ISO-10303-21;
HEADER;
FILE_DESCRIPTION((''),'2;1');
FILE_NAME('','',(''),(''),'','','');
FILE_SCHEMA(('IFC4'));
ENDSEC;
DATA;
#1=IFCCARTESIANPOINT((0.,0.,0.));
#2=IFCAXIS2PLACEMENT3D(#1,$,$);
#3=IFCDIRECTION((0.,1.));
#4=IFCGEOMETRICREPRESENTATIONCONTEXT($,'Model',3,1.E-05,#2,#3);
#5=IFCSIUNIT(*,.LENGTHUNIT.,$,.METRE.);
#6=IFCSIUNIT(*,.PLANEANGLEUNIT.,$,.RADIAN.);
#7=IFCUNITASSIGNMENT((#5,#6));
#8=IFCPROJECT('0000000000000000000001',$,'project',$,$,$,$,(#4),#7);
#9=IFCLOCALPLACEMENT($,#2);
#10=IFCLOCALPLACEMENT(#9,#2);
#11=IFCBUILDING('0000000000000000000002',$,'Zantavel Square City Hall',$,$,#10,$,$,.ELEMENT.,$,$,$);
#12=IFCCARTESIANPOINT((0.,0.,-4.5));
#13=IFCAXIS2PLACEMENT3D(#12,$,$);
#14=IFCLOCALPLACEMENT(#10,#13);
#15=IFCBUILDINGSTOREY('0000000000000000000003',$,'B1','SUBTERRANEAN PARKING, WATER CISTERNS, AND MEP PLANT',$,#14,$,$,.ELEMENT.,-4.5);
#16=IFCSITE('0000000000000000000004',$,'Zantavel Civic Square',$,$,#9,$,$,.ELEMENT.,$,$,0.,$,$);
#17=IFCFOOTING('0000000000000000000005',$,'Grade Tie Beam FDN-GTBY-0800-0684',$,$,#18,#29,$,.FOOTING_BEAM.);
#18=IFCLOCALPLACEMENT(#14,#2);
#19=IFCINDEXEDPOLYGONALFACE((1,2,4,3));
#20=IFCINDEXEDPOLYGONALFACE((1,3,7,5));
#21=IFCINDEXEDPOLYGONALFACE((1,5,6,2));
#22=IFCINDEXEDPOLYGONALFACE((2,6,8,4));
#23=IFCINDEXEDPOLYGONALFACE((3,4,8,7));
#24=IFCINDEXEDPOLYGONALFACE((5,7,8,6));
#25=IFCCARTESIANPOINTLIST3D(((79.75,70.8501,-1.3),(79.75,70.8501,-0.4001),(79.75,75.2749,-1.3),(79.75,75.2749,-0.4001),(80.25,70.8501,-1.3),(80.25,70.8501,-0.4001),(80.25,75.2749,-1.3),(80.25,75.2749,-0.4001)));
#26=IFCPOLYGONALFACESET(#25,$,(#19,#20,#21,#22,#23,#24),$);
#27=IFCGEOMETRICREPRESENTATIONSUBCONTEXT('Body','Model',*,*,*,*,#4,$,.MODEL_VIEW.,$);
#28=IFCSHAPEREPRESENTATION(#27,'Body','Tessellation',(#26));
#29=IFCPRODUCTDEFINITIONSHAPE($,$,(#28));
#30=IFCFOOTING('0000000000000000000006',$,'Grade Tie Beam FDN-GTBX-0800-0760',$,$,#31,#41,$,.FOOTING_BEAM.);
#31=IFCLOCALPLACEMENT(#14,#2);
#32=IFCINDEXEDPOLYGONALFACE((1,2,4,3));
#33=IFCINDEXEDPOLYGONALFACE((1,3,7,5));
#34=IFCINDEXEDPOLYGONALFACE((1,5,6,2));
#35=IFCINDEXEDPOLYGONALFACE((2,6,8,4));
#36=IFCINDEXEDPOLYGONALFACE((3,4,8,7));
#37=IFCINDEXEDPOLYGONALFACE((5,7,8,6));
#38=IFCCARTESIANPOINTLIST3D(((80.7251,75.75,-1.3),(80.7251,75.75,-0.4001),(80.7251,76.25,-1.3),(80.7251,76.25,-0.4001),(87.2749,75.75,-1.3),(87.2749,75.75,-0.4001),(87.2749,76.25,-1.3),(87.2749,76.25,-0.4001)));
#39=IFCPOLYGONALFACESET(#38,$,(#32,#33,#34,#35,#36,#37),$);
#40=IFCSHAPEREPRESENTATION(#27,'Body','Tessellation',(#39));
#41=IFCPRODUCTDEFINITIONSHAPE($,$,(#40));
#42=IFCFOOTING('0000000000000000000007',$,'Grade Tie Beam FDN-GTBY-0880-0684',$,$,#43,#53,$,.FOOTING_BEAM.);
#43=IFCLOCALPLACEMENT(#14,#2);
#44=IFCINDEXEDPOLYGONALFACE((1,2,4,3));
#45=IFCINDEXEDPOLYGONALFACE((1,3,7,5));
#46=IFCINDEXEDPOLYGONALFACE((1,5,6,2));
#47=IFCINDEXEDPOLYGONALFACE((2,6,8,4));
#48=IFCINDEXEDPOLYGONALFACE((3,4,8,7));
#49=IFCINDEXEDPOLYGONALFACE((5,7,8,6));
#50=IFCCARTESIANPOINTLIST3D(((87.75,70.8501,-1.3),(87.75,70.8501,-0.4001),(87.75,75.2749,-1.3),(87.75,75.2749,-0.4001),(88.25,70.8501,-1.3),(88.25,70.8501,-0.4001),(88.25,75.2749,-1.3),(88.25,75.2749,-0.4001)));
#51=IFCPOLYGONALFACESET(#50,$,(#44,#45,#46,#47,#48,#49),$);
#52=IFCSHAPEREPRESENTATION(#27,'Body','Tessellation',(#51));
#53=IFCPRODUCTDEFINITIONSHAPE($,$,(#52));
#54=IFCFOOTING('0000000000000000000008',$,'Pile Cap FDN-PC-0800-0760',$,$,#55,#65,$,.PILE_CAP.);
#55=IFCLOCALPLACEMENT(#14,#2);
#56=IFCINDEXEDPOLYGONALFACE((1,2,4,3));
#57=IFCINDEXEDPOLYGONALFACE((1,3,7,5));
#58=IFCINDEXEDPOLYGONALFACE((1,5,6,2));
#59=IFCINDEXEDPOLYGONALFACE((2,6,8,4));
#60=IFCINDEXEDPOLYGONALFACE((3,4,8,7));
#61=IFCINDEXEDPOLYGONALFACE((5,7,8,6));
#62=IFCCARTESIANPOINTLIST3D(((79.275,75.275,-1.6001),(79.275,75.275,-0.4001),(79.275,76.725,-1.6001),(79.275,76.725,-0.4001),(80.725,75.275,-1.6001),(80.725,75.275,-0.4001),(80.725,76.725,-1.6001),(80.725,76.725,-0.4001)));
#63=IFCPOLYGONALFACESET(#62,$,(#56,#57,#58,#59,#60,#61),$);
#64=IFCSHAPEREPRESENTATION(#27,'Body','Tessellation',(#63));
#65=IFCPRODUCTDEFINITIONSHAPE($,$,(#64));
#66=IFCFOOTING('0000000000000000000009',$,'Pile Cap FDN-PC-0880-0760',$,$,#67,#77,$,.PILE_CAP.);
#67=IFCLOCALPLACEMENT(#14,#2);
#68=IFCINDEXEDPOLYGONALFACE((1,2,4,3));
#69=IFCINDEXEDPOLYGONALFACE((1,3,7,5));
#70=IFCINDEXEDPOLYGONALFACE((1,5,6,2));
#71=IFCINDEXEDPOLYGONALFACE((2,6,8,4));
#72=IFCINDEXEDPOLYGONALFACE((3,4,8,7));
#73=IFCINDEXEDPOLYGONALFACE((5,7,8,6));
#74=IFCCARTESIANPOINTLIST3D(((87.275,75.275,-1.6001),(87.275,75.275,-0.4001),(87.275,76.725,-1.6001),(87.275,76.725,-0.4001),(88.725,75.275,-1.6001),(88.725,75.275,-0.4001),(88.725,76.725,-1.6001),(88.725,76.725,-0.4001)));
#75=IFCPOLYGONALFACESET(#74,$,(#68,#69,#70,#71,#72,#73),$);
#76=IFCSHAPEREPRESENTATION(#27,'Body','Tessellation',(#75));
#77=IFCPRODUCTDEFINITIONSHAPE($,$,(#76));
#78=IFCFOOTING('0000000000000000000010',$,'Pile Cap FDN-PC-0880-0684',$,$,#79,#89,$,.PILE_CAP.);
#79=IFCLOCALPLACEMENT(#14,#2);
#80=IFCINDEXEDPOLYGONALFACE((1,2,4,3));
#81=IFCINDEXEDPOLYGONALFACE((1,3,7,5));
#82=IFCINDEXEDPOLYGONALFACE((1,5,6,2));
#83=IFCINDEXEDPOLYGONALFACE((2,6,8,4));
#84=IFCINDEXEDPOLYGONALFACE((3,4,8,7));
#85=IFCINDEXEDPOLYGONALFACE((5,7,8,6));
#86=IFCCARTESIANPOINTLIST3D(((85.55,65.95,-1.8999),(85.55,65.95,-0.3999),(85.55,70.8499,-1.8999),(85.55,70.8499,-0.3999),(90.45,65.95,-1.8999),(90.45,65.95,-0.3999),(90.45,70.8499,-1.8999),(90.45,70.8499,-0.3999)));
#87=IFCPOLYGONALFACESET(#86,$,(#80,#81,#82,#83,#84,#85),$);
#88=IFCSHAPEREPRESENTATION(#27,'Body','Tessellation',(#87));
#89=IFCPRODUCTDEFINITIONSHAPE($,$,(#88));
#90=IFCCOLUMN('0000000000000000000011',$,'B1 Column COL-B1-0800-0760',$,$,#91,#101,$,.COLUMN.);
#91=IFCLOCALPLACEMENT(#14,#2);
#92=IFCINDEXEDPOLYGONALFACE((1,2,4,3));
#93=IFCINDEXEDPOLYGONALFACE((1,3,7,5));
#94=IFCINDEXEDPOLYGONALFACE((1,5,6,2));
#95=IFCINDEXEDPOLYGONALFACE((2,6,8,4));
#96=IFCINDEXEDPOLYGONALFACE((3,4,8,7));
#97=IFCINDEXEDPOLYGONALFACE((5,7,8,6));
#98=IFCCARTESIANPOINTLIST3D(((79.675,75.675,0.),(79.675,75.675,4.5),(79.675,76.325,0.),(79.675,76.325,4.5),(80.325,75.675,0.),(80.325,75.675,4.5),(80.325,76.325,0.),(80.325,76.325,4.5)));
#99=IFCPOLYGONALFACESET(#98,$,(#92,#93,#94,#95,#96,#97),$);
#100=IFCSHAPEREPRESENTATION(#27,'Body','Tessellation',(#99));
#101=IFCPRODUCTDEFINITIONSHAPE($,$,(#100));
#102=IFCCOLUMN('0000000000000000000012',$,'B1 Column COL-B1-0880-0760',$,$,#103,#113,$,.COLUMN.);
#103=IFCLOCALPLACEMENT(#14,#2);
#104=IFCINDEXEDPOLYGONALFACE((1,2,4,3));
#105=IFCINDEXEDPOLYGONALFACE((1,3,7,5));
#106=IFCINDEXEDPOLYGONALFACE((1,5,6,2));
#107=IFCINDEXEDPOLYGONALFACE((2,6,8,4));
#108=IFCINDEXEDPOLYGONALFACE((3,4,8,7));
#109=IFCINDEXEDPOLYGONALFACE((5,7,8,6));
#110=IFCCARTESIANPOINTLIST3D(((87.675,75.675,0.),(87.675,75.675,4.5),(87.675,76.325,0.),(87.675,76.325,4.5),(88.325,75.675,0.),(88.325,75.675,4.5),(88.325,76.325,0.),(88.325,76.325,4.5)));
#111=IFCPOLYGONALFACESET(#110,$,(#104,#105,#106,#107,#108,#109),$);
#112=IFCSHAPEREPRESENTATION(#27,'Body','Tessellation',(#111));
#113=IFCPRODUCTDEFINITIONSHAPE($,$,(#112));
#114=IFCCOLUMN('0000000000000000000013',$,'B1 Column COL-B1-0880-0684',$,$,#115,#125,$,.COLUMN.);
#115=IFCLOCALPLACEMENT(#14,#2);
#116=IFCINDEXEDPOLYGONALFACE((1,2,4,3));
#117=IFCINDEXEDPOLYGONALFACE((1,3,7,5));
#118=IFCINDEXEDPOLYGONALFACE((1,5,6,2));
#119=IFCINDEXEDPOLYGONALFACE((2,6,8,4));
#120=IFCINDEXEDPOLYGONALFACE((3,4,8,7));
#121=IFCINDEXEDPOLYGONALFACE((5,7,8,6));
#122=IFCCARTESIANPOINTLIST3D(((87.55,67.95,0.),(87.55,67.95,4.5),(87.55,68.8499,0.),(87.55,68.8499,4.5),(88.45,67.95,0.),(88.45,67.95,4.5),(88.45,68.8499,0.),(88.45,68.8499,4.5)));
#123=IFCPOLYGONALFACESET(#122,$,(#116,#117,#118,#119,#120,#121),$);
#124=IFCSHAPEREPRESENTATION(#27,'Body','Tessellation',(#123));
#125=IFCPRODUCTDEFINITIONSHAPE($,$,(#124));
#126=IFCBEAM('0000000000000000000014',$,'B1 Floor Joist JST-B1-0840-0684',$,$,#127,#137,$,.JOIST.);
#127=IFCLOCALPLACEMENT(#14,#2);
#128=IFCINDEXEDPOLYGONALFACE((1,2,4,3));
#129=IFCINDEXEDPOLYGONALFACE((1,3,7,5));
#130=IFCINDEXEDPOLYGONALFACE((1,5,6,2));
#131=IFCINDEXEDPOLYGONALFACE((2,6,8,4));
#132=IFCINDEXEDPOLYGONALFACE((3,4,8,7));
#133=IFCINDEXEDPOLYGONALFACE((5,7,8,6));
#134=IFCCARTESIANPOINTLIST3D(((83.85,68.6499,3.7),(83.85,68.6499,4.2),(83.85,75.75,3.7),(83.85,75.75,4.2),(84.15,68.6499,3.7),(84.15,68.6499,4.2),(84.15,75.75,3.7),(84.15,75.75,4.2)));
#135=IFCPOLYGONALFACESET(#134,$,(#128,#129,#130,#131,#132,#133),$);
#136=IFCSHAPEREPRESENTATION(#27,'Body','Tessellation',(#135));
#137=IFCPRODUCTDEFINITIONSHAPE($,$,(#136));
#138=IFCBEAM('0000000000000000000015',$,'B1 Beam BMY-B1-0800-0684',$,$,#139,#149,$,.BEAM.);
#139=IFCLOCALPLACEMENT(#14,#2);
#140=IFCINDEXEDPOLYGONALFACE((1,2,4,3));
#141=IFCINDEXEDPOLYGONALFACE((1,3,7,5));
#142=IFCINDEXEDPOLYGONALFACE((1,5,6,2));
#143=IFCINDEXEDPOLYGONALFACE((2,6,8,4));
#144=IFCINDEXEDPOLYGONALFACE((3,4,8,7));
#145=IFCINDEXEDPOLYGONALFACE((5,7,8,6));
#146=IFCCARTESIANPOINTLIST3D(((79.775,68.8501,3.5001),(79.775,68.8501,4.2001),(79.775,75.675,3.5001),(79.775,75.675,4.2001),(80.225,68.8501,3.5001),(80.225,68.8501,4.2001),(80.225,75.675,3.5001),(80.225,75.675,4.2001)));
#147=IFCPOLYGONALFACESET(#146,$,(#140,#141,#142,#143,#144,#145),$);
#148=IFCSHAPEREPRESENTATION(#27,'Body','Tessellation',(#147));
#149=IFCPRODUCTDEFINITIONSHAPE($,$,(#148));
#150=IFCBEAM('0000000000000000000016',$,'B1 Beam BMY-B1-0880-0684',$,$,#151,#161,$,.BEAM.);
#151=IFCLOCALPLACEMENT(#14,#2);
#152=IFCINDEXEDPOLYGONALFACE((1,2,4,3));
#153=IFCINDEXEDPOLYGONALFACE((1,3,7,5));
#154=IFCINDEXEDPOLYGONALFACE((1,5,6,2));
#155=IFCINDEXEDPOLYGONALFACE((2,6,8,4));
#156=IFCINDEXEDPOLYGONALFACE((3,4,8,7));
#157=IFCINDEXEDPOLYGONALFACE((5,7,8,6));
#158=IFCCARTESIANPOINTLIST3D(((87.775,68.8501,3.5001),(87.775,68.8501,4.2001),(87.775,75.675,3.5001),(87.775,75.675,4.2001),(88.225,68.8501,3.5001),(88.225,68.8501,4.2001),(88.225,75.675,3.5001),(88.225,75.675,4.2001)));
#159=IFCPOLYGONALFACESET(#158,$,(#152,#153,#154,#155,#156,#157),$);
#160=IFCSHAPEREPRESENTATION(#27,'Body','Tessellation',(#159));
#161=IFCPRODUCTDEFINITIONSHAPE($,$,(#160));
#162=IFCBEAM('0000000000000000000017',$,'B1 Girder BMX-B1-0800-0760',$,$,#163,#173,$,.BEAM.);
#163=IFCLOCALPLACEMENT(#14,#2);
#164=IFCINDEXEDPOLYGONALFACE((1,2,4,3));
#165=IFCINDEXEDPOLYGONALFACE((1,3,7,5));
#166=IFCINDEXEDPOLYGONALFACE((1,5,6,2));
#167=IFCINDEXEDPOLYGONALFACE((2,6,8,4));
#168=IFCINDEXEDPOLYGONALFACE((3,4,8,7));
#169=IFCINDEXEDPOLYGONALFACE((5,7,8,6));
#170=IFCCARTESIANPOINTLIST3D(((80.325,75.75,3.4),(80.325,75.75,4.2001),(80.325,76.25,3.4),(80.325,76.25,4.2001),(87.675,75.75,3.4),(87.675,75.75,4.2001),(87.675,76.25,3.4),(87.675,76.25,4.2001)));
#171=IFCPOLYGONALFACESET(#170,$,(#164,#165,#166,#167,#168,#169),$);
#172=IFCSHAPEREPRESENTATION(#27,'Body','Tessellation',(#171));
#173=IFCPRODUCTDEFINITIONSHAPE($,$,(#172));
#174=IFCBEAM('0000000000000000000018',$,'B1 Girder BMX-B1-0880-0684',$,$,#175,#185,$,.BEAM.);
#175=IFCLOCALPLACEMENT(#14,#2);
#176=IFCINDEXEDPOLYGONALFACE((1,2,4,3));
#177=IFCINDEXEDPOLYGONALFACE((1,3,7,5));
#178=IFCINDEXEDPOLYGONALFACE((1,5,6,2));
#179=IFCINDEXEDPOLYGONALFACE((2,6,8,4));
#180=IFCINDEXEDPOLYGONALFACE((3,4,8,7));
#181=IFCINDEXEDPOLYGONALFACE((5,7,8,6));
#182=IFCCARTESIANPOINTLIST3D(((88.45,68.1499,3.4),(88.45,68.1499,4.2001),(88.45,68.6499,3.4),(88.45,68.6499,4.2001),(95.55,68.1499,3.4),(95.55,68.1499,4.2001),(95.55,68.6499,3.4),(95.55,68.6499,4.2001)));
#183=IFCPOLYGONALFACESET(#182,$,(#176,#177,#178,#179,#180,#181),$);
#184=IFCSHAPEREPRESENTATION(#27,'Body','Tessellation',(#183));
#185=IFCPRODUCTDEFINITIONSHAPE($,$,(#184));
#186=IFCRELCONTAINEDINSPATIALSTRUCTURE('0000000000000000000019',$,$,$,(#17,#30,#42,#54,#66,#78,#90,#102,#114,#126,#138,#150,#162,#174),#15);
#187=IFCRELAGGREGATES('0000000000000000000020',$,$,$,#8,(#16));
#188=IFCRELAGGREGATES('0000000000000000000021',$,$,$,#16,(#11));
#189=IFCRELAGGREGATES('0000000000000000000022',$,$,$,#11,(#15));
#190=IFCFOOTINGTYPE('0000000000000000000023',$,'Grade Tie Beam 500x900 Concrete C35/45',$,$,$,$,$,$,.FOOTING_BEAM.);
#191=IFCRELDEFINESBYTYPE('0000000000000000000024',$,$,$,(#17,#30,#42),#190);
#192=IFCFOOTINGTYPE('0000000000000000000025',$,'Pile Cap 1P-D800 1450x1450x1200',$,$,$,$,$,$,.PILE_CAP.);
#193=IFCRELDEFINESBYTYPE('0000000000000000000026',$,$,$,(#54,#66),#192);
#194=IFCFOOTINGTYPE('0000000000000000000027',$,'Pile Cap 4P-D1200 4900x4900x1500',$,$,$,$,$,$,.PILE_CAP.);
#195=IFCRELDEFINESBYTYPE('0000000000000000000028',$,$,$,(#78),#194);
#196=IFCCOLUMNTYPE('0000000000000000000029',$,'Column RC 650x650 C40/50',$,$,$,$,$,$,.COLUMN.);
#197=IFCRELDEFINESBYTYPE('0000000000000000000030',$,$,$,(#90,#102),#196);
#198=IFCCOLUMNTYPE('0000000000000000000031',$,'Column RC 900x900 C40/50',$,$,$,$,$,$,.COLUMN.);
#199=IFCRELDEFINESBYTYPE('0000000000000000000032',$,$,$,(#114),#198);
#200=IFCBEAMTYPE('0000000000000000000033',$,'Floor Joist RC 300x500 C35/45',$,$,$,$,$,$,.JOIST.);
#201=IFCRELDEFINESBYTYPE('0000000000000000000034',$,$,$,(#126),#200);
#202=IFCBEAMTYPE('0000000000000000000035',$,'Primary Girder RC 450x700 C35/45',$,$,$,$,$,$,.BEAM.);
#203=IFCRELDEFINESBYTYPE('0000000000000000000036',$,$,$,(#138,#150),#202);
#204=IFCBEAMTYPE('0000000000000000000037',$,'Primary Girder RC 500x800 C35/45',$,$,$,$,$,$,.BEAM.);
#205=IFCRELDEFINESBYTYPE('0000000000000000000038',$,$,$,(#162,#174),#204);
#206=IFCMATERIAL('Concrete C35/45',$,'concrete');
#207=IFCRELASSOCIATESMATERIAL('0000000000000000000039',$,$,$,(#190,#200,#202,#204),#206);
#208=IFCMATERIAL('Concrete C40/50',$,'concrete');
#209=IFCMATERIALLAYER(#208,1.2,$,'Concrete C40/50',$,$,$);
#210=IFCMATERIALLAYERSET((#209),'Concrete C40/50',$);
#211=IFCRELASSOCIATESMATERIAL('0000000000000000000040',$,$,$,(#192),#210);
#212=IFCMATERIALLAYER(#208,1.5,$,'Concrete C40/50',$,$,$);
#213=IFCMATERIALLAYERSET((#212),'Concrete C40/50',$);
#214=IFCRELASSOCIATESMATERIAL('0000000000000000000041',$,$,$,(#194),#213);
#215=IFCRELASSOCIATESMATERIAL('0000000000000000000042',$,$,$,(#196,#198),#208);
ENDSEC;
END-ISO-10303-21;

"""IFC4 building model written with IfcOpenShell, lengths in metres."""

from ifc_helpers import new_model, si_unit, direction, frame, origin, origin_2d, place, context, subcontext, project, spatial, rectangle, extrude, material, layer, layer_set, material_profile, profile_set, type_object, element, save


model = new_model("IFC4")

# Units and contexts
model_context = context("Model", 3, precision=1e-05, world=origin(), true_north=direction((0.0, 1.0)))
body_context = subcontext(model_context, "Body", "Model", "MODEL_VIEW")
ifc_project = project(units=[si_unit("LENGTHUNIT", "METRE"), si_unit("PLANEANGLEUNIT", "RADIAN")], contexts=[model_context])

# Site, building, storey
site_placement = place(None, origin())
site = spatial("IfcSite", under=ifc_project, at=site_placement, Name="Zantavel Civic Square", CompositionType="ELEMENT", RefElevation=0.0)
building_placement = place(site_placement, origin())
building = spatial("IfcBuilding", under=site, at=building_placement, Name="Zantavel Square City Hall", CompositionType="ELEMENT")
storey_placement = place(building_placement, frame((0.0, 0.0, -4.5)))
storey = spatial("IfcBuildingStorey", under=building, at=storey_placement, Name="B1", Description="SUBTERRANEAN PARKING, WATER CISTERNS, AND MEP PLANT", CompositionType="ELEMENT", Elevation=-4.5)

# Shared definitions
ifc_material_1 = material(Name="Concrete C35/45", Category="concrete")

# Footings
ifc_material_profile_1 = material_profile(ifc_material_1, rectangle(XDim=0.5, YDim=0.8999, at=origin_2d()), Name="RC 500x900")
ifc_profile_set_1 = profile_set([ifc_material_profile_1], Name="Concrete C35/45")
footing_type_1 = type_object("IfcFootingType", Name="Grade Tie Beam 500x900 Concrete C35/45", PredefinedType="FOOTING_BEAM", material=ifc_profile_set_1)
footing_1_placement = place(storey_placement, frame((80.0, 70.8501, -0.8501), z_axis=(0.0, 1.0, 0.0), x_axis=(-1.0, 0.0, 0.0)))
element("IfcFooting", 1, at=footing_1_placement, inside=storey, type_object=footing_type_1, Name="Grade Tie Beam FDN-GTBY-0800-0684", PredefinedType="FOOTING_BEAM", context=body_context, shape_type="SweptSolid", body=[
    extrude(rectangle(XDim=0.5, YDim=0.8999, at=origin_2d()), origin(), (0.0, 0.0, 1.0), 4.4248),
])
footing_2_placement = place(storey_placement, frame((80.7251, 76.0, -0.8501), z_axis=(1.0, 0.0, 0.0), x_axis=(0.0, 1.0, 0.0)))
element("IfcFooting", 2, at=footing_2_placement, inside=storey, type_object=footing_type_1, Name="Grade Tie Beam FDN-GTBX-0800-0760", PredefinedType="FOOTING_BEAM", context=body_context, shape_type="SweptSolid", body=[
    extrude(rectangle(XDim=0.5, YDim=0.8999, at=origin_2d()), origin(), (0.0, 0.0, 1.0), 6.5498),
])
footing_3_placement = place(storey_placement, frame((88.0, 70.8501, -0.8501), z_axis=(0.0, 1.0, 0.0), x_axis=(-1.0, 0.0, 0.0)))
element("IfcFooting", 3, at=footing_3_placement, inside=storey, type_object=footing_type_1, Name="Grade Tie Beam FDN-GTBY-0880-0684", PredefinedType="FOOTING_BEAM", context=body_context, shape_type="SweptSolid", body=[
    extrude(rectangle(XDim=0.5, YDim=0.8999, at=origin_2d()), origin(), (0.0, 0.0, 1.0), 4.4248),
])
ifc_material_2 = material(Name="Concrete C40/50", Category="concrete")
ifc_layer_1 = layer(ifc_material_2, 1.2, Name="Concrete C40/50")
ifc_layer_set_1 = layer_set([ifc_layer_1], Name="Concrete C40/50")
footing_type_2 = type_object("IfcFootingType", Name="Pile Cap 1P-D800 1450x1450x1200", PredefinedType="PILE_CAP", material=ifc_layer_set_1)
for number, where, z_axis, x_axis, name in (
    (4, (80.0, 76.0, -1.6001), (0.0, 0.0, 1.0), (1.0, 0.0, 0.0), "Pile Cap FDN-PC-0800-0760"),
    (5, (88.0, 76.0, -1.6001), (0.0, 0.0, 1.0), (1.0, 0.0, 0.0), "Pile Cap FDN-PC-0880-0760"),
):
    element("IfcFooting", number, at=place(storey_placement, frame(where, z_axis=z_axis, x_axis=x_axis)), inside=storey, type_object=footing_type_2, Name=name, PredefinedType="PILE_CAP", context=body_context, shape_type="SweptSolid", body=[
        extrude(rectangle(XDim=1.45, YDim=1.45, at=origin_2d()), origin(), (0.0, 0.0, 1.0), 1.2),
    ])
ifc_layer_2 = layer(ifc_material_2, 1.5, Name="Concrete C40/50")
ifc_layer_set_2 = layer_set([ifc_layer_2], Name="Concrete C40/50")
footing_type_3 = type_object("IfcFootingType", Name="Pile Cap 4P-D1200 4900x4900x1500", PredefinedType="PILE_CAP", material=ifc_layer_set_2)
footing_4_placement = place(storey_placement, frame((88.0, 68.3999, -1.8999), z_axis=(0.0, 0.0, 1.0), x_axis=(1.0, 0.0, 0.0)))
element("IfcFooting", 6, at=footing_4_placement, inside=storey, type_object=footing_type_3, Name="Pile Cap FDN-PC-0880-0684", PredefinedType="PILE_CAP", context=body_context, shape_type="SweptSolid", body=[
    extrude(rectangle(XDim=4.8999, YDim=4.8999, at=origin_2d()), origin(), (0.0, 0.0, 1.0), 1.5),
])

# Columns
ifc_material_profile_2 = material_profile(ifc_material_2, rectangle(XDim=0.6499, YDim=0.6499, at=origin_2d()), Name="RC 650x650")
ifc_profile_set_2 = profile_set([ifc_material_profile_2], Name="Concrete C40/50")
column_type_1 = type_object("IfcColumnType", Name="Column RC 650x650 C40/50", PredefinedType="COLUMN", material=ifc_profile_set_2)
for number, where, z_axis, x_axis, name in (
    (7, (80.0, 76.0, 0.0), (0.0, 0.0, 1.0), (1.0, 0.0, 0.0), "B1 Column COL-B1-0800-0760"),
    (8, (88.0, 76.0, 0.0), (0.0, 0.0, 1.0), (1.0, 0.0, 0.0), "B1 Column COL-B1-0880-0760"),
):
    element("IfcColumn", number, at=place(storey_placement, frame(where, z_axis=z_axis, x_axis=x_axis)), inside=storey, type_object=column_type_1, Name=name, PredefinedType="COLUMN", context=body_context, shape_type="SweptSolid", body=[
        extrude(rectangle(XDim=0.6499, YDim=0.6499, at=origin_2d()), origin(), (0.0, 0.0, 1.0), 4.5),
    ])
ifc_material_profile_3 = material_profile(ifc_material_2, rectangle(XDim=0.8999, YDim=0.8999, at=origin_2d()), Name="RC 900x900")
ifc_profile_set_3 = profile_set([ifc_material_profile_3], Name="Concrete C40/50")
column_type_2 = type_object("IfcColumnType", Name="Column RC 900x900 C40/50", PredefinedType="COLUMN", material=ifc_profile_set_3)
column_placement = place(storey_placement, frame((88.0, 68.3999, 0.0), z_axis=(0.0, 0.0, 1.0), x_axis=(1.0, 0.0, 0.0)))
element("IfcColumn", 9, at=column_placement, inside=storey, type_object=column_type_2, Name="B1 Column COL-B1-0880-0684", PredefinedType="COLUMN", context=body_context, shape_type="SweptSolid", body=[
    extrude(rectangle(XDim=0.8999, YDim=0.8999, at=origin_2d()), origin(), (0.0, 0.0, 1.0), 4.5),
])

# Beams
ifc_material_profile_4 = material_profile(ifc_material_1, rectangle(XDim=0.3, YDim=0.5, at=origin_2d()), Name="RC 300x500")
ifc_profile_set_4 = profile_set([ifc_material_profile_4], Name="Concrete C35/45")
beam_type_1 = type_object("IfcBeamType", Name="Floor Joist RC 300x500 C35/45", PredefinedType="JOIST", material=ifc_profile_set_4)
beam_1_placement = place(storey_placement, frame((84.0, 68.6499, 3.95), z_axis=(0.0, 1.0, 0.0), x_axis=(-1.0, 0.0, 0.0)))
element("IfcBeam", 10, at=beam_1_placement, inside=storey, type_object=beam_type_1, Name="B1 Floor Joist JST-B1-0840-0684", PredefinedType="JOIST", context=body_context, shape_type="SweptSolid", body=[
    extrude(rectangle(XDim=0.3, YDim=0.5, at=origin_2d()), origin(), (0.0, 0.0, 1.0), 7.1001),
])
ifc_material_profile_5 = material_profile(ifc_material_1, rectangle(XDim=0.45, YDim=0.7, at=origin_2d()), Name="RC 450x700")
ifc_profile_set_5 = profile_set([ifc_material_profile_5], Name="Concrete C35/45")
beam_type_2 = type_object("IfcBeamType", Name="Primary Girder RC 450x700 C35/45", PredefinedType="BEAM", material=ifc_profile_set_5)
for number, where, z_axis, x_axis, name in (
    (11, (80.0, 68.8501, 3.8501), (0.0, 1.0, 0.0), (-1.0, 0.0, 0.0), "B1 Beam BMY-B1-0800-0684"),
    (12, (88.0, 68.8501, 3.8501), (0.0, 1.0, 0.0), (-1.0, 0.0, 0.0), "B1 Beam BMY-B1-0880-0684"),
):
    element("IfcBeam", number, at=place(storey_placement, frame(where, z_axis=z_axis, x_axis=x_axis)), inside=storey, type_object=beam_type_2, Name=name, PredefinedType="BEAM", context=body_context, shape_type="SweptSolid", body=[
        extrude(rectangle(XDim=0.45, YDim=0.7, at=origin_2d()), origin(), (0.0, 0.0, 1.0), 6.825),
    ])
ifc_material_profile_6 = material_profile(ifc_material_1, rectangle(XDim=0.5, YDim=0.8, at=origin_2d()), Name="RC 500x800")
ifc_profile_set_6 = profile_set([ifc_material_profile_6], Name="Concrete C35/45")
beam_type_3 = type_object("IfcBeamType", Name="Primary Girder RC 500x800 C35/45", PredefinedType="BEAM", material=ifc_profile_set_6)
beam_2_placement = place(storey_placement, frame((80.325, 76.0, 3.8), z_axis=(1.0, 0.0, 0.0), x_axis=(0.0, 1.0, 0.0)))
element("IfcBeam", 13, at=beam_2_placement, inside=storey, type_object=beam_type_3, Name="B1 Girder BMX-B1-0800-0760", PredefinedType="BEAM", context=body_context, shape_type="SweptSolid", body=[
    extrude(rectangle(XDim=0.5, YDim=0.8, at=origin_2d()), origin(), (0.0, 0.0, 1.0), 7.3501),
])
beam_3_placement = place(storey_placement, frame((88.45, 68.3999, 3.8), z_axis=(1.0, 0.0, 0.0), x_axis=(0.0, 1.0, 0.0)))
element("IfcBeam", 14, at=beam_3_placement, inside=storey, type_object=beam_type_3, Name="B1 Girder BMX-B1-0880-0684", PredefinedType="BEAM", context=body_context, shape_type="SweptSolid", body=[
    extrude(rectangle(XDim=0.5, YDim=0.8, at=origin_2d()), origin(), (0.0, 0.0, 1.0), 7.1001),
])

save(model, "model.ifc")
